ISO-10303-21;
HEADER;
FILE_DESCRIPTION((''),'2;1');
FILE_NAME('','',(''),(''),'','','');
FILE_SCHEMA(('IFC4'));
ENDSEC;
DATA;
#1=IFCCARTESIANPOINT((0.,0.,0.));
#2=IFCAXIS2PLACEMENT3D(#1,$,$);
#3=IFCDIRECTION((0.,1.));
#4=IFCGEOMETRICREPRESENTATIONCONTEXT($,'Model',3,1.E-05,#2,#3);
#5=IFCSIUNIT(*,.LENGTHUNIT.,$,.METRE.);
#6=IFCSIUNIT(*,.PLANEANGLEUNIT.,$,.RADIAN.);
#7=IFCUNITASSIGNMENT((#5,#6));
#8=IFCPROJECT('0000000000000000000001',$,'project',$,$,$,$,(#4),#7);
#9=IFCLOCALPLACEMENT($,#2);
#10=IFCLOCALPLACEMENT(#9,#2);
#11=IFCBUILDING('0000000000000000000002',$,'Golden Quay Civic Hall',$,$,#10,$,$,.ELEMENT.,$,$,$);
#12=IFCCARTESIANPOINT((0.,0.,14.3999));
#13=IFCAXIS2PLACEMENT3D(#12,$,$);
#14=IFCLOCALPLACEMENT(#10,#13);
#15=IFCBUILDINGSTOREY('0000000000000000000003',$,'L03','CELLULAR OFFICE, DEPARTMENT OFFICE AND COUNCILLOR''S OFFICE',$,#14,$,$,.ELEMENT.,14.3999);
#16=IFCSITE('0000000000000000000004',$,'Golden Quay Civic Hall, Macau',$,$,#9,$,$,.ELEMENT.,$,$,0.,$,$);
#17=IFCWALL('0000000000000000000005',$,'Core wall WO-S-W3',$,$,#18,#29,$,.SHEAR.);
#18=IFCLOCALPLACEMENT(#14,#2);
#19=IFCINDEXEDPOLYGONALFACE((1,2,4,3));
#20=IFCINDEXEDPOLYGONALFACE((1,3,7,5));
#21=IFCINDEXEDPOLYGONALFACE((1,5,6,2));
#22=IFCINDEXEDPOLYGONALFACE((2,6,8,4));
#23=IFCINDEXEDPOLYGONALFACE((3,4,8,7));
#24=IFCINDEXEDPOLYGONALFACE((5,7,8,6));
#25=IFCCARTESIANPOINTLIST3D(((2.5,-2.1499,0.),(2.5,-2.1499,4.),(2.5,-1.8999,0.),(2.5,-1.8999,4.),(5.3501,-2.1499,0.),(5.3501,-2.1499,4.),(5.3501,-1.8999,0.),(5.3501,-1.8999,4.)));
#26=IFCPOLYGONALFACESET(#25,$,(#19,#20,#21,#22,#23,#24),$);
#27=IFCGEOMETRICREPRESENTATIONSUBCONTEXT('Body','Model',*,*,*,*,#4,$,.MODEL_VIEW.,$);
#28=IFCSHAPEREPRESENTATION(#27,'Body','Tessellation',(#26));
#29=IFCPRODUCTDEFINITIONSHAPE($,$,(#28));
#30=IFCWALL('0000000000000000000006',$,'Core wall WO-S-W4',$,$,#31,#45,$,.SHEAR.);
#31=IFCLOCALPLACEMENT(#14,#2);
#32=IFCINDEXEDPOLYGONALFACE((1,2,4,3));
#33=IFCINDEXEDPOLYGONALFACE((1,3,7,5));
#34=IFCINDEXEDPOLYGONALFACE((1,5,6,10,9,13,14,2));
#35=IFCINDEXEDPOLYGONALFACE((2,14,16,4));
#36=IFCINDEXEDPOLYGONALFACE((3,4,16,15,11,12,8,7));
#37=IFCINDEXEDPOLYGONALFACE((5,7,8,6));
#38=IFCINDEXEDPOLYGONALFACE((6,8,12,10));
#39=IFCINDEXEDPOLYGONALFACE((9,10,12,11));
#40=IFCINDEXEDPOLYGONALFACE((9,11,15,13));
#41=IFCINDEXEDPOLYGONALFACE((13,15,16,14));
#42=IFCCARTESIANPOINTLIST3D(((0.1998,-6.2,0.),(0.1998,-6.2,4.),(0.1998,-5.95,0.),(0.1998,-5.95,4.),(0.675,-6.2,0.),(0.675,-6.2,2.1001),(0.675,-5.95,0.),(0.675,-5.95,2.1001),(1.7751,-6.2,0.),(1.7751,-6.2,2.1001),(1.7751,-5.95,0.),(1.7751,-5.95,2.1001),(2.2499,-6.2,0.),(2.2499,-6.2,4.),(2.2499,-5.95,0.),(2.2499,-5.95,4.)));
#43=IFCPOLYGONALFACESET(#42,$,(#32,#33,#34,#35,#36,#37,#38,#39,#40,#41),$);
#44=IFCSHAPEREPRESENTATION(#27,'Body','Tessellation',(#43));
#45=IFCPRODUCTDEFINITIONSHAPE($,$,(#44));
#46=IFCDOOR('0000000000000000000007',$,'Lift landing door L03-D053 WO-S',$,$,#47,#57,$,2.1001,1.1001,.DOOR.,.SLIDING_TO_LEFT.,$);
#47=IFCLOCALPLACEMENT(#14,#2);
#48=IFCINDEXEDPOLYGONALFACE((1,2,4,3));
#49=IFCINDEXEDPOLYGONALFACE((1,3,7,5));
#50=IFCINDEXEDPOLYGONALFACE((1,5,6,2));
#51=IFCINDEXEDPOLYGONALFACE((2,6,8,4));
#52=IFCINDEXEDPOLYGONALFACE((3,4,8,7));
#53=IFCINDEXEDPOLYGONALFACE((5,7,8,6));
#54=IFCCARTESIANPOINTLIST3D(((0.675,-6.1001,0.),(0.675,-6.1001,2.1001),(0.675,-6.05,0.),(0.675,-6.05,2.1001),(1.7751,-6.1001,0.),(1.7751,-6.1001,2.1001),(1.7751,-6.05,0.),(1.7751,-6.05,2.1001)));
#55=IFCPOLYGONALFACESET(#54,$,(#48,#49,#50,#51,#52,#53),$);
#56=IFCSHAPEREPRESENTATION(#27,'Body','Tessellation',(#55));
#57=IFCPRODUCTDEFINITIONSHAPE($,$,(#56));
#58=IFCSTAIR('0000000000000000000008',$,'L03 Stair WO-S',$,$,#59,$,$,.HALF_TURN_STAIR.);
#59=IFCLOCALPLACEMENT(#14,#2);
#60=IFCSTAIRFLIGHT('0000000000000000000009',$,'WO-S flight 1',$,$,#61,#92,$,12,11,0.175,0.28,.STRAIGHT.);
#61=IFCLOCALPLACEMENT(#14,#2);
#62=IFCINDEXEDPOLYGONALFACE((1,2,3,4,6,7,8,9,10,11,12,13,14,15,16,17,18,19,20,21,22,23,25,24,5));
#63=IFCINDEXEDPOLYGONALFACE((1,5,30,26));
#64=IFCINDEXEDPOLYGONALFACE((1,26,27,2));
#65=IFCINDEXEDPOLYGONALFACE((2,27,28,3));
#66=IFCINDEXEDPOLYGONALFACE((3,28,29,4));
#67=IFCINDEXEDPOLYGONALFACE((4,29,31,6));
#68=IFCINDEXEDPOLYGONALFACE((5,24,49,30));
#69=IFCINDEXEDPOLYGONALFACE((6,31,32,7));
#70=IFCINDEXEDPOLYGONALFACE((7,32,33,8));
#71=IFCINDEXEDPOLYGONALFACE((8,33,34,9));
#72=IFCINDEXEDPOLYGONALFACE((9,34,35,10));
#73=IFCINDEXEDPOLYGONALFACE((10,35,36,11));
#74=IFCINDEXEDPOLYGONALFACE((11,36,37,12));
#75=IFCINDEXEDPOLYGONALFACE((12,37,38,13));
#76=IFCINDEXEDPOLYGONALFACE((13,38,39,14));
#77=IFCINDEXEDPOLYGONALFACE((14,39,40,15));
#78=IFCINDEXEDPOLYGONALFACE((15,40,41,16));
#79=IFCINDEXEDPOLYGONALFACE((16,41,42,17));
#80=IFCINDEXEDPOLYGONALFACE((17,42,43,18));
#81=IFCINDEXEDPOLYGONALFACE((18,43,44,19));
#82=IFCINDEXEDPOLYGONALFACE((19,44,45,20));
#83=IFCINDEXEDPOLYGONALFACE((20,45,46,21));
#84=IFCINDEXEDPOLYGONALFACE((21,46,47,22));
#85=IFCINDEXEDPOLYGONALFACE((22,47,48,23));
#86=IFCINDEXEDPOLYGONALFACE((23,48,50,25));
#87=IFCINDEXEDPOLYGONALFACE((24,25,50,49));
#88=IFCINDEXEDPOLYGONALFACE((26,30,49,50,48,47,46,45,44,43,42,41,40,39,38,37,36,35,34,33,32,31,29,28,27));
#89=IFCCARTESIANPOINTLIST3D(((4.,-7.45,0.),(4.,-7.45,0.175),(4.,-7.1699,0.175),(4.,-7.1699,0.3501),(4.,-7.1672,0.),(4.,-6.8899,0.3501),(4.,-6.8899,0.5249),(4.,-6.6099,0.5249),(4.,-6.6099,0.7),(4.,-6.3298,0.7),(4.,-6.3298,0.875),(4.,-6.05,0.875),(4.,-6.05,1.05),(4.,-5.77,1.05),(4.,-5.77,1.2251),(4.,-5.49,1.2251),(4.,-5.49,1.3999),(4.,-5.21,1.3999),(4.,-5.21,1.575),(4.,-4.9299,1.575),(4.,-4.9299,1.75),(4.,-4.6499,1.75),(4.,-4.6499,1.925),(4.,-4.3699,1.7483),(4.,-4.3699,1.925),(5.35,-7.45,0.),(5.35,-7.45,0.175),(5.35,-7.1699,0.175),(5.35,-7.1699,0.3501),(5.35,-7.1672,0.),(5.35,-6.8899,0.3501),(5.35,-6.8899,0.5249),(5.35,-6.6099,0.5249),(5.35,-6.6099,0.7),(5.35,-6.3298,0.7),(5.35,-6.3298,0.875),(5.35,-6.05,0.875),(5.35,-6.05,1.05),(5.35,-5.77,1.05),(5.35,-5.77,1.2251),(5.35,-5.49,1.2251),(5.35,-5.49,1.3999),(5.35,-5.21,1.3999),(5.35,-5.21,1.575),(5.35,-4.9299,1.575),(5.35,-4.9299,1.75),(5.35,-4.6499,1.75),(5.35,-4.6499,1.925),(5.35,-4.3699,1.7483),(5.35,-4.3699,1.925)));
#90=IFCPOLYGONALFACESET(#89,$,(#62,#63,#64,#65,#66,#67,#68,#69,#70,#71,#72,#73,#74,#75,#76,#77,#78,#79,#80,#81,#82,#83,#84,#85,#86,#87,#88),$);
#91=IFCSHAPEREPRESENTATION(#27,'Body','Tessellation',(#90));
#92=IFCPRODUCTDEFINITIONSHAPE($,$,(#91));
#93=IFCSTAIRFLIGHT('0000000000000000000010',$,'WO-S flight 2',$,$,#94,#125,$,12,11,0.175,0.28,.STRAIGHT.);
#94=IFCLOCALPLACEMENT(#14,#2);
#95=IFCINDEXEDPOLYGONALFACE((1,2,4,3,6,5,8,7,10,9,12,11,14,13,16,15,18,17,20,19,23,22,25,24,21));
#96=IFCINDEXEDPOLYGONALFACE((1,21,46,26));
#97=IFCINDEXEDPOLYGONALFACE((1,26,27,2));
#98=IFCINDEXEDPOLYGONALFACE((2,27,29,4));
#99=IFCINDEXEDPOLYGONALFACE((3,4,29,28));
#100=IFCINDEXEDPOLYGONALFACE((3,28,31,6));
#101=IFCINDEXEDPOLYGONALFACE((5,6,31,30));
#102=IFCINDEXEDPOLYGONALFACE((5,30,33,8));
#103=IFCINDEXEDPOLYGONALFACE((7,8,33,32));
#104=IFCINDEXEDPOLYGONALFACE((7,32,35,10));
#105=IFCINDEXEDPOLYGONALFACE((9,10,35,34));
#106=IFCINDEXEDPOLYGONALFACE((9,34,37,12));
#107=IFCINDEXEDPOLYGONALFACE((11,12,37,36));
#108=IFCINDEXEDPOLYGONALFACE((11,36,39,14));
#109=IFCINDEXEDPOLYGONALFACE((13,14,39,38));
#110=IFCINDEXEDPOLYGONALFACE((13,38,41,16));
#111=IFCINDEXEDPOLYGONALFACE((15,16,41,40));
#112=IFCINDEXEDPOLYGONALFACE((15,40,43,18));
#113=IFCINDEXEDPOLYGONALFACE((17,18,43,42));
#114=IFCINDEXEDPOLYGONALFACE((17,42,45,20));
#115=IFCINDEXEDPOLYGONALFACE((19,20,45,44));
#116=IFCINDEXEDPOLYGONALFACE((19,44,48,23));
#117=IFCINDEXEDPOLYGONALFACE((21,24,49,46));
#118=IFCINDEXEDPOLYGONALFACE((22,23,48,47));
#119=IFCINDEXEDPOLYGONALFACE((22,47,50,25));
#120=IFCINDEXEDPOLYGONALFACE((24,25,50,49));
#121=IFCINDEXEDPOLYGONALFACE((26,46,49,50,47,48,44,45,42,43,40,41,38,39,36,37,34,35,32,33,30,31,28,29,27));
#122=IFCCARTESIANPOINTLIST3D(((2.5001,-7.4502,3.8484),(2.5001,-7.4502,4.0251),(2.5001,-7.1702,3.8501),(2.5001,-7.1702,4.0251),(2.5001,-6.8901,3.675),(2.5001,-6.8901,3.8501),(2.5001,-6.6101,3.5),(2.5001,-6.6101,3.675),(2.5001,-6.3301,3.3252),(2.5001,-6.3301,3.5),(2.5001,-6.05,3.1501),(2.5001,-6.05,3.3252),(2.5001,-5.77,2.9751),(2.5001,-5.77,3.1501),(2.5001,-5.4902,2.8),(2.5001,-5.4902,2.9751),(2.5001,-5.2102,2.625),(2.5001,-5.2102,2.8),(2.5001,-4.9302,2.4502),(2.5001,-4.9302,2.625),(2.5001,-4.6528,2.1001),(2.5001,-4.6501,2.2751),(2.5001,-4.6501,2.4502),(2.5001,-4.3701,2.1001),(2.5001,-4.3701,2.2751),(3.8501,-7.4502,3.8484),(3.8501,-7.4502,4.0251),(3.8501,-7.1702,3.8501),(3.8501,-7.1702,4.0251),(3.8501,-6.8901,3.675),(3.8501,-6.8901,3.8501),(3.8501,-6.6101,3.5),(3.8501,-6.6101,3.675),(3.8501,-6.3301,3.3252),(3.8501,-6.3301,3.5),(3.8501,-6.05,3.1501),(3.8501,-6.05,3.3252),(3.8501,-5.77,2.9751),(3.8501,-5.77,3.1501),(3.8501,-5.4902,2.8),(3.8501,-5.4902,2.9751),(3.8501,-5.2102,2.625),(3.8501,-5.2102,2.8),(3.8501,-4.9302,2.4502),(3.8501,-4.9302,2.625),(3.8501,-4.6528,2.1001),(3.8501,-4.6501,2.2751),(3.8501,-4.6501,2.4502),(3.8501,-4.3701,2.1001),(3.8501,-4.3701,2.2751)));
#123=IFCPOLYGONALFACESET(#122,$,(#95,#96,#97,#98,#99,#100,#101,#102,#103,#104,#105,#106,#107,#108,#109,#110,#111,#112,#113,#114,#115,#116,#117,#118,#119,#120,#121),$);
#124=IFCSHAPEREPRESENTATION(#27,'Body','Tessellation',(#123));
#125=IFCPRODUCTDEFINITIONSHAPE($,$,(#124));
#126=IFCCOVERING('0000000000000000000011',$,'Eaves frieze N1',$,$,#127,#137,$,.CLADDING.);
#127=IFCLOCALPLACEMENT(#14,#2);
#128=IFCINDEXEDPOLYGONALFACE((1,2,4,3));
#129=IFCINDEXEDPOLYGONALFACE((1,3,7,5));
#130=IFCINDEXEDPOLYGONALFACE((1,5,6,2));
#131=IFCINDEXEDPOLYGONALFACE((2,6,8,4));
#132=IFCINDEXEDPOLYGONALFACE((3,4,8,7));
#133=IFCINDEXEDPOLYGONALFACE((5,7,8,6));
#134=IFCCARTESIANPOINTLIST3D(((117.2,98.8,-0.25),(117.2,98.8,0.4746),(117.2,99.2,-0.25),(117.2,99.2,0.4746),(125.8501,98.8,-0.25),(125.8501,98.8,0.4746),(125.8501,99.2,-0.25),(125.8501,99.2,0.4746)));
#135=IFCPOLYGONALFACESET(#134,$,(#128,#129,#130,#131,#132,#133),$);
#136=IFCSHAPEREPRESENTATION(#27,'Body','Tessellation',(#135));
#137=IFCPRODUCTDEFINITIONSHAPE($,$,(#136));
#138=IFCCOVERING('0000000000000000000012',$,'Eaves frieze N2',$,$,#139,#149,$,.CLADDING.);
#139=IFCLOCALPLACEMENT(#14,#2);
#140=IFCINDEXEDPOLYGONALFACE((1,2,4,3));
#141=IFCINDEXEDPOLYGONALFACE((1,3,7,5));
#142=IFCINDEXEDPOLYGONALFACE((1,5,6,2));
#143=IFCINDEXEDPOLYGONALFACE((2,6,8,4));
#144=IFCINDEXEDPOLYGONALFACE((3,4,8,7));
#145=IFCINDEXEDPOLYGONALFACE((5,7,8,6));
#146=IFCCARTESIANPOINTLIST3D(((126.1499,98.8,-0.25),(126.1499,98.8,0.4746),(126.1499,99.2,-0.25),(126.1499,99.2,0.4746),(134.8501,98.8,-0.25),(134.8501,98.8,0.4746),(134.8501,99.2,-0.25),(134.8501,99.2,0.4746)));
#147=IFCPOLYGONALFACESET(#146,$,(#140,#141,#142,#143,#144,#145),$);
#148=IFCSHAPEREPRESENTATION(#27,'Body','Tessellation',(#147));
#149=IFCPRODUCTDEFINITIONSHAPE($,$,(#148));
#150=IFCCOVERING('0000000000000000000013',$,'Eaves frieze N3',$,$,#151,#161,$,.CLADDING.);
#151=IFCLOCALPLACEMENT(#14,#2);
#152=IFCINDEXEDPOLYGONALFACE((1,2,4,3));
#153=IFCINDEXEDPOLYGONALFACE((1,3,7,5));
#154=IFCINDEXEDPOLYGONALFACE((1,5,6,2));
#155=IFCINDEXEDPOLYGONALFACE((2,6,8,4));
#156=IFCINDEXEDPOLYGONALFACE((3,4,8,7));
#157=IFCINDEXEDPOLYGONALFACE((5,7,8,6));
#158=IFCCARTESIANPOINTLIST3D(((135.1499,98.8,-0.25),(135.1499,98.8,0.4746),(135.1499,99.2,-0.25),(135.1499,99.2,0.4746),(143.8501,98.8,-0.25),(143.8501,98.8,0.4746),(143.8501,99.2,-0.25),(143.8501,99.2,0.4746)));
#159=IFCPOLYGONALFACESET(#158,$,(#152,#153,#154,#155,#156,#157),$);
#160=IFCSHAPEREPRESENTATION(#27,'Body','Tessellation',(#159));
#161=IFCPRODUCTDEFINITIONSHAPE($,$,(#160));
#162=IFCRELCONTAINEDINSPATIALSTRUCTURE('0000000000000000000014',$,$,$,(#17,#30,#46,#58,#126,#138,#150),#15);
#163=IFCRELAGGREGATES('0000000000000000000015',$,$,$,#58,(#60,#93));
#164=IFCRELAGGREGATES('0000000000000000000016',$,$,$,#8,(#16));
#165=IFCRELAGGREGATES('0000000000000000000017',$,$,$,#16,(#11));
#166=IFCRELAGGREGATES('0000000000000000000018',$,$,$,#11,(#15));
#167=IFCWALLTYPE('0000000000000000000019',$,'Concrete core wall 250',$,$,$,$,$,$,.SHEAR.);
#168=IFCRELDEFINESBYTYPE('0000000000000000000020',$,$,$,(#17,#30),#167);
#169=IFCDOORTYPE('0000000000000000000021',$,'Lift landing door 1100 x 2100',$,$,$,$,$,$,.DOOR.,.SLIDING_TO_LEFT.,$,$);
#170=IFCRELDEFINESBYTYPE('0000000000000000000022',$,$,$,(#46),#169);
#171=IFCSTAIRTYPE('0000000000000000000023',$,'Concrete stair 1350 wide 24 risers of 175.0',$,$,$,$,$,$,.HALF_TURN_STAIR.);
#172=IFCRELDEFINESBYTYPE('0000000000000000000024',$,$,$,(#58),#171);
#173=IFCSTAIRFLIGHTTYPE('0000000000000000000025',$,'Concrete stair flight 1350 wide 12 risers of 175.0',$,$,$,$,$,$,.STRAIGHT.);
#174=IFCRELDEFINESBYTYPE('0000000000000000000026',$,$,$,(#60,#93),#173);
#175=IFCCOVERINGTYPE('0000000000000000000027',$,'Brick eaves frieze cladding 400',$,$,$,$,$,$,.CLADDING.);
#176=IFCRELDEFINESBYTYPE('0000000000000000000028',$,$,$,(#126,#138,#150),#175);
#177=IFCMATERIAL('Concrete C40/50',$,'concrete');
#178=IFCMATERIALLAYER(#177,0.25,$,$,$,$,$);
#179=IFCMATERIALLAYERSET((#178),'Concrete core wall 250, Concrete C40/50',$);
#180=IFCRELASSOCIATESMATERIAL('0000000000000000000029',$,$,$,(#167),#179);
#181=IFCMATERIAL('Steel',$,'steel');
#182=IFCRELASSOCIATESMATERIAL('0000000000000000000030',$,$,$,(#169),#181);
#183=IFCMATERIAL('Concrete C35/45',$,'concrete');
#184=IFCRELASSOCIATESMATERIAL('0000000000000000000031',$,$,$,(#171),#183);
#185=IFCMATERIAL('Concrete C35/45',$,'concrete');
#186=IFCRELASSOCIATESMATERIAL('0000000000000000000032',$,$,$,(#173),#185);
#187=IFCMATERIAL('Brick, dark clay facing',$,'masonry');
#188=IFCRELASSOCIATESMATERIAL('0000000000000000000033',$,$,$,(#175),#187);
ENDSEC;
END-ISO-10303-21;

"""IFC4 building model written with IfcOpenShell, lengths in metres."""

from ifc_helpers import new_model, si_unit, direction, frame, frame_2d, origin, place, context, subcontext, project, spatial, polyline, rectangle, outline, extrude, material, layer, layer_set, type_object, element, fill, aggregate, save


model = new_model("IFC4")

# Units and contexts
model_context = context("Model", 3, precision=1e-05, world=origin(), true_north=direction((0.0, 1.0)))
body_context = subcontext(model_context, "Body", "Model", "MODEL_VIEW")
ifc_project = project(units=[si_unit("LENGTHUNIT", "METRE"), si_unit("PLANEANGLEUNIT", "RADIAN")], contexts=[model_context])

# Site, building, storey
site_placement = place(None, origin())
site = spatial("IfcSite", under=ifc_project, at=site_placement, Name="Golden Quay Civic Hall, Macau", CompositionType="ELEMENT", RefElevation=0.0)
building_placement = place(site_placement, origin())
building = spatial("IfcBuilding", under=site, at=building_placement, Name="Golden Quay Civic Hall", CompositionType="ELEMENT")
storey_placement = place(building_placement, frame((0.0, 0.0, 14.3999)))
storey = spatial("IfcBuildingStorey", under=building, at=storey_placement, Name="L03", Description="CELLULAR OFFICE, DEPARTMENT OFFICE AND COUNCILLOR'S OFFICE", CompositionType="ELEMENT", Elevation=14.3999)

# Shared definitions
ifc_material_1 = material(Name="Concrete C40/50", Category="concrete")
ifc_layer = layer(ifc_material_1, 0.25)
ifc_layer_set = layer_set([ifc_layer], Name="Concrete core wall 250, Concrete C40/50")
wall_type = type_object("IfcWallType", Name="Concrete core wall 250", PredefinedType="SHEAR", material=ifc_layer_set)

# Wall
wall_1_placement = place(storey_placement, frame((2.5, -2.0249, 0.0), z_axis=(0.0, 0.0, 1.0), x_axis=(1.0, 0.0, 0.0)))
element("IfcWall", 1, at=wall_1_placement, inside=storey, type_object=wall_type, Name="Core wall WO-S-W3", PredefinedType="SHEAR", context=body_context, shape_type="SweptSolid", body=[
    extrude(rectangle(XDim=2.8501, YDim=0.25, at=frame_2d((1.425, 0.0))), origin(), (0.0, 0.0, 1.0), 4.0),
])

# Wall, opening, door
wall_2_placement = place(storey_placement, frame((0.2, -6.075, 0.0), z_axis=(0.0, 0.0, 1.0), x_axis=(1.0, 0.0, 0.0)))
wall_2 = element("IfcWall", 2, at=wall_2_placement, inside=storey, type_object=wall_type, Name="Core wall WO-S-W4", PredefinedType="SHEAR", context=body_context, shape_type="SweptSolid", body=[
    extrude(rectangle(XDim=2.05, YDim=0.25, at=frame_2d((1.0249, 0.0))), origin(), (0.0, 0.0, 1.0), 4.0),
])
opening_1_placement = place(wall_2_placement, frame((0.4751, 0.0, 0.0)))
opening_1 = element("IfcOpeningElement", 3, at=opening_1_placement, cuts=wall_2, PredefinedType="OPENING", context=body_context, shape_type="SweptSolid", body=[
    extrude(rectangle(XDim=1.1001, YDim=2.1001, at=frame_2d((0.55, 1.05))), frame((0.0, 0.135, 0.0), z_axis=(0.0, -1.0, 0.0), x_axis=(1.0, 0.0, 0.0)), (0.0, 0.0, 1.0), 0.27),
])
ifc_material_2 = material(Name="Steel", Category="steel")
door_type_1 = type_object("IfcDoorType", Name="Lift landing door 1100 x 2100", OperationType="SLIDING_TO_LEFT", PredefinedType="DOOR", material=ifc_material_2)
door_1_placement = place(opening_1_placement, origin())
door_1 = element("IfcDoor", 4, at=door_1_placement, inside=storey, type_object=door_type_1, Name="Lift landing door L03-D053 WO-S", OperationType="SLIDING_TO_LEFT", OverallHeight=2.1001, OverallWidth=1.1001, PredefinedType="DOOR", context=body_context, shape_type="SweptSolid", body=[
    extrude(rectangle(XDim=1.1001, YDim=2.1001, at=frame_2d((0.55, 1.05))), frame((0.0, 0.0249, 0.0), z_axis=(0.0, -1.0, 0.0), x_axis=(1.0, 0.0, 0.0)), (0.0, 0.0, 1.0), 0.05),
])
fill(opening_1, door_1)

# Stair, stair flights
ifc_material_3 = material(Name="Concrete C35/45", Category="concrete")
stair_type = type_object("IfcStairType", Name="Concrete stair 1350 wide 24 risers of 175.0", PredefinedType="HALF_TURN_STAIR", material=ifc_material_3)
stair_placement = place(storey_placement, origin())
stair = element("IfcStair", 5, at=stair_placement, inside=storey, type_object=stair_type, Name="L03 Stair WO-S", PredefinedType="HALF_TURN_STAIR")
ifc_material_4 = material(Name="Concrete C35/45", Category="concrete")
stair_flight_type = type_object("IfcStairFlightType", Name="Concrete stair flight 1350 wide 12 risers of 175.0", PredefinedType="STRAIGHT", material=ifc_material_4)
stair_flight_1_placement = place(storey_placement, frame((4.675, -7.45, 0.0), z_axis=(0.0, 0.0, 1.0), x_axis=(0.0, 1.0, 0.0)))
stair_flight_1 = element("IfcStairFlight", 6, at=stair_flight_1_placement, type_object=stair_flight_type, Name="WO-S flight 1", NumberOfRisers=12, NumberOfTreads=11, PredefinedType="STRAIGHT", RiserHeight=0.175, TreadLength=0.28, context=body_context, shape_type="SweptSolid", body=[
    extrude(outline(polyline([(0.0, 0.0), (0.0, 0.175), (0.28, 0.175), (0.28, 0.3501), (0.5601, 0.3501), (0.5601, 0.5249), (0.8401, 0.5249), (0.8401, 0.7), (1.1201, 0.7), (1.1201, 0.875), (1.3999, 0.875), (1.3999, 1.05), (1.6799, 1.05), (1.6799, 1.2251), (1.96, 1.2251), (1.96, 1.3999), (2.24, 1.3999), (2.24, 1.575), (2.52, 1.575), (2.52, 1.75), (2.8, 1.75), (2.8, 1.925), (3.0801, 1.925), (3.0801, 2.1001), (3.0801, 1.7483), (0.2827, 0.0), (0.0, 0.0)])), frame((0.0, 0.675, 0.0), z_axis=(0.0, -1.0, 0.0), x_axis=(1.0, 0.0, 0.0)), (0.0, 0.0, 1.0), 1.35),
])
stair_flight_2_placement = place(storey_placement, frame((3.175, -4.3701, 2.1001), z_axis=(0.0, 0.0, 1.0), x_axis=(0.0, -1.0, 0.0)))
stair_flight_2 = element("IfcStairFlight", 7, at=stair_flight_2_placement, type_object=stair_flight_type, Name="WO-S flight 2", NumberOfRisers=12, NumberOfTreads=11, PredefinedType="STRAIGHT", RiserHeight=0.175, TreadLength=0.28, context=body_context, shape_type="SweptSolid", body=[
    extrude(outline(polyline([(0.0, 0.0), (0.0, 0.175), (0.28, 0.175), (0.28, 0.3501), (0.5601, 0.3501), (0.5601, 0.5249), (0.8401, 0.5249), (0.8401, 0.7), (1.1201, 0.7), (1.1201, 0.875), (1.3999, 0.875), (1.3999, 1.05), (1.6799, 1.05), (1.6799, 1.2251), (1.96, 1.2251), (1.96, 1.3999), (2.24, 1.3999), (2.24, 1.575), (2.52, 1.575), (2.52, 1.75), (2.8, 1.75), (2.8, 1.925), (3.0801, 1.925), (3.0801, 2.1001), (3.0801, 1.7483), (0.2827, 0.0), (0.0, 0.0)])), frame((0.0, 0.675, 0.0), z_axis=(0.0, -1.0, 0.0), x_axis=(1.0, 0.0, 0.0)), (0.0, 0.0, 1.0), 1.35),
])
aggregate(stair, [stair_flight_1, stair_flight_2])

# Coverings
ifc_material_5 = material(Name="Brick, dark clay facing", Category="masonry")
covering_type = type_object("IfcCoveringType", Name="Brick eaves frieze cladding 400", PredefinedType="CLADDING", material=ifc_material_5)
covering_1_placement = place(storey_placement, frame((0.0, 0.0, -0.25)))
element("IfcCovering", 8, at=covering_1_placement, inside=storey, type_object=covering_type, Name="Eaves frieze N1", PredefinedType="CLADDING", context=body_context, shape_type="SweptSolid", body=[
    extrude(outline(polyline([(117.2, 98.8), (125.8501, 98.8), (125.8501, 99.2), (117.2, 99.2), (117.2, 98.8)])), origin(), (0.0, 0.0, 1.0), 0.7246),
])
covering_2_placement = place(storey_placement, frame((0.0, 0.0, -0.25)))
element("IfcCovering", 9, at=covering_2_placement, inside=storey, type_object=covering_type, Name="Eaves frieze N2", PredefinedType="CLADDING", context=body_context, shape_type="SweptSolid", body=[
    extrude(outline(polyline([(126.1499, 98.8), (134.8501, 98.8), (134.8501, 99.2), (126.1499, 99.2), (126.1499, 98.8)])), origin(), (0.0, 0.0, 1.0), 0.7246),
])
covering_3_placement = place(storey_placement, frame((0.0, 0.0, -0.25)))
element("IfcCovering", 10, at=covering_3_placement, inside=storey, type_object=covering_type, Name="Eaves frieze N3", PredefinedType="CLADDING", context=body_context, shape_type="SweptSolid", body=[
    extrude(outline(polyline([(135.1499, 98.8), (143.8501, 98.8), (143.8501, 99.2), (135.1499, 99.2), (135.1499, 98.8)])), origin(), (0.0, 0.0, 1.0), 0.7246),
])

save(model, "model.ifc")
